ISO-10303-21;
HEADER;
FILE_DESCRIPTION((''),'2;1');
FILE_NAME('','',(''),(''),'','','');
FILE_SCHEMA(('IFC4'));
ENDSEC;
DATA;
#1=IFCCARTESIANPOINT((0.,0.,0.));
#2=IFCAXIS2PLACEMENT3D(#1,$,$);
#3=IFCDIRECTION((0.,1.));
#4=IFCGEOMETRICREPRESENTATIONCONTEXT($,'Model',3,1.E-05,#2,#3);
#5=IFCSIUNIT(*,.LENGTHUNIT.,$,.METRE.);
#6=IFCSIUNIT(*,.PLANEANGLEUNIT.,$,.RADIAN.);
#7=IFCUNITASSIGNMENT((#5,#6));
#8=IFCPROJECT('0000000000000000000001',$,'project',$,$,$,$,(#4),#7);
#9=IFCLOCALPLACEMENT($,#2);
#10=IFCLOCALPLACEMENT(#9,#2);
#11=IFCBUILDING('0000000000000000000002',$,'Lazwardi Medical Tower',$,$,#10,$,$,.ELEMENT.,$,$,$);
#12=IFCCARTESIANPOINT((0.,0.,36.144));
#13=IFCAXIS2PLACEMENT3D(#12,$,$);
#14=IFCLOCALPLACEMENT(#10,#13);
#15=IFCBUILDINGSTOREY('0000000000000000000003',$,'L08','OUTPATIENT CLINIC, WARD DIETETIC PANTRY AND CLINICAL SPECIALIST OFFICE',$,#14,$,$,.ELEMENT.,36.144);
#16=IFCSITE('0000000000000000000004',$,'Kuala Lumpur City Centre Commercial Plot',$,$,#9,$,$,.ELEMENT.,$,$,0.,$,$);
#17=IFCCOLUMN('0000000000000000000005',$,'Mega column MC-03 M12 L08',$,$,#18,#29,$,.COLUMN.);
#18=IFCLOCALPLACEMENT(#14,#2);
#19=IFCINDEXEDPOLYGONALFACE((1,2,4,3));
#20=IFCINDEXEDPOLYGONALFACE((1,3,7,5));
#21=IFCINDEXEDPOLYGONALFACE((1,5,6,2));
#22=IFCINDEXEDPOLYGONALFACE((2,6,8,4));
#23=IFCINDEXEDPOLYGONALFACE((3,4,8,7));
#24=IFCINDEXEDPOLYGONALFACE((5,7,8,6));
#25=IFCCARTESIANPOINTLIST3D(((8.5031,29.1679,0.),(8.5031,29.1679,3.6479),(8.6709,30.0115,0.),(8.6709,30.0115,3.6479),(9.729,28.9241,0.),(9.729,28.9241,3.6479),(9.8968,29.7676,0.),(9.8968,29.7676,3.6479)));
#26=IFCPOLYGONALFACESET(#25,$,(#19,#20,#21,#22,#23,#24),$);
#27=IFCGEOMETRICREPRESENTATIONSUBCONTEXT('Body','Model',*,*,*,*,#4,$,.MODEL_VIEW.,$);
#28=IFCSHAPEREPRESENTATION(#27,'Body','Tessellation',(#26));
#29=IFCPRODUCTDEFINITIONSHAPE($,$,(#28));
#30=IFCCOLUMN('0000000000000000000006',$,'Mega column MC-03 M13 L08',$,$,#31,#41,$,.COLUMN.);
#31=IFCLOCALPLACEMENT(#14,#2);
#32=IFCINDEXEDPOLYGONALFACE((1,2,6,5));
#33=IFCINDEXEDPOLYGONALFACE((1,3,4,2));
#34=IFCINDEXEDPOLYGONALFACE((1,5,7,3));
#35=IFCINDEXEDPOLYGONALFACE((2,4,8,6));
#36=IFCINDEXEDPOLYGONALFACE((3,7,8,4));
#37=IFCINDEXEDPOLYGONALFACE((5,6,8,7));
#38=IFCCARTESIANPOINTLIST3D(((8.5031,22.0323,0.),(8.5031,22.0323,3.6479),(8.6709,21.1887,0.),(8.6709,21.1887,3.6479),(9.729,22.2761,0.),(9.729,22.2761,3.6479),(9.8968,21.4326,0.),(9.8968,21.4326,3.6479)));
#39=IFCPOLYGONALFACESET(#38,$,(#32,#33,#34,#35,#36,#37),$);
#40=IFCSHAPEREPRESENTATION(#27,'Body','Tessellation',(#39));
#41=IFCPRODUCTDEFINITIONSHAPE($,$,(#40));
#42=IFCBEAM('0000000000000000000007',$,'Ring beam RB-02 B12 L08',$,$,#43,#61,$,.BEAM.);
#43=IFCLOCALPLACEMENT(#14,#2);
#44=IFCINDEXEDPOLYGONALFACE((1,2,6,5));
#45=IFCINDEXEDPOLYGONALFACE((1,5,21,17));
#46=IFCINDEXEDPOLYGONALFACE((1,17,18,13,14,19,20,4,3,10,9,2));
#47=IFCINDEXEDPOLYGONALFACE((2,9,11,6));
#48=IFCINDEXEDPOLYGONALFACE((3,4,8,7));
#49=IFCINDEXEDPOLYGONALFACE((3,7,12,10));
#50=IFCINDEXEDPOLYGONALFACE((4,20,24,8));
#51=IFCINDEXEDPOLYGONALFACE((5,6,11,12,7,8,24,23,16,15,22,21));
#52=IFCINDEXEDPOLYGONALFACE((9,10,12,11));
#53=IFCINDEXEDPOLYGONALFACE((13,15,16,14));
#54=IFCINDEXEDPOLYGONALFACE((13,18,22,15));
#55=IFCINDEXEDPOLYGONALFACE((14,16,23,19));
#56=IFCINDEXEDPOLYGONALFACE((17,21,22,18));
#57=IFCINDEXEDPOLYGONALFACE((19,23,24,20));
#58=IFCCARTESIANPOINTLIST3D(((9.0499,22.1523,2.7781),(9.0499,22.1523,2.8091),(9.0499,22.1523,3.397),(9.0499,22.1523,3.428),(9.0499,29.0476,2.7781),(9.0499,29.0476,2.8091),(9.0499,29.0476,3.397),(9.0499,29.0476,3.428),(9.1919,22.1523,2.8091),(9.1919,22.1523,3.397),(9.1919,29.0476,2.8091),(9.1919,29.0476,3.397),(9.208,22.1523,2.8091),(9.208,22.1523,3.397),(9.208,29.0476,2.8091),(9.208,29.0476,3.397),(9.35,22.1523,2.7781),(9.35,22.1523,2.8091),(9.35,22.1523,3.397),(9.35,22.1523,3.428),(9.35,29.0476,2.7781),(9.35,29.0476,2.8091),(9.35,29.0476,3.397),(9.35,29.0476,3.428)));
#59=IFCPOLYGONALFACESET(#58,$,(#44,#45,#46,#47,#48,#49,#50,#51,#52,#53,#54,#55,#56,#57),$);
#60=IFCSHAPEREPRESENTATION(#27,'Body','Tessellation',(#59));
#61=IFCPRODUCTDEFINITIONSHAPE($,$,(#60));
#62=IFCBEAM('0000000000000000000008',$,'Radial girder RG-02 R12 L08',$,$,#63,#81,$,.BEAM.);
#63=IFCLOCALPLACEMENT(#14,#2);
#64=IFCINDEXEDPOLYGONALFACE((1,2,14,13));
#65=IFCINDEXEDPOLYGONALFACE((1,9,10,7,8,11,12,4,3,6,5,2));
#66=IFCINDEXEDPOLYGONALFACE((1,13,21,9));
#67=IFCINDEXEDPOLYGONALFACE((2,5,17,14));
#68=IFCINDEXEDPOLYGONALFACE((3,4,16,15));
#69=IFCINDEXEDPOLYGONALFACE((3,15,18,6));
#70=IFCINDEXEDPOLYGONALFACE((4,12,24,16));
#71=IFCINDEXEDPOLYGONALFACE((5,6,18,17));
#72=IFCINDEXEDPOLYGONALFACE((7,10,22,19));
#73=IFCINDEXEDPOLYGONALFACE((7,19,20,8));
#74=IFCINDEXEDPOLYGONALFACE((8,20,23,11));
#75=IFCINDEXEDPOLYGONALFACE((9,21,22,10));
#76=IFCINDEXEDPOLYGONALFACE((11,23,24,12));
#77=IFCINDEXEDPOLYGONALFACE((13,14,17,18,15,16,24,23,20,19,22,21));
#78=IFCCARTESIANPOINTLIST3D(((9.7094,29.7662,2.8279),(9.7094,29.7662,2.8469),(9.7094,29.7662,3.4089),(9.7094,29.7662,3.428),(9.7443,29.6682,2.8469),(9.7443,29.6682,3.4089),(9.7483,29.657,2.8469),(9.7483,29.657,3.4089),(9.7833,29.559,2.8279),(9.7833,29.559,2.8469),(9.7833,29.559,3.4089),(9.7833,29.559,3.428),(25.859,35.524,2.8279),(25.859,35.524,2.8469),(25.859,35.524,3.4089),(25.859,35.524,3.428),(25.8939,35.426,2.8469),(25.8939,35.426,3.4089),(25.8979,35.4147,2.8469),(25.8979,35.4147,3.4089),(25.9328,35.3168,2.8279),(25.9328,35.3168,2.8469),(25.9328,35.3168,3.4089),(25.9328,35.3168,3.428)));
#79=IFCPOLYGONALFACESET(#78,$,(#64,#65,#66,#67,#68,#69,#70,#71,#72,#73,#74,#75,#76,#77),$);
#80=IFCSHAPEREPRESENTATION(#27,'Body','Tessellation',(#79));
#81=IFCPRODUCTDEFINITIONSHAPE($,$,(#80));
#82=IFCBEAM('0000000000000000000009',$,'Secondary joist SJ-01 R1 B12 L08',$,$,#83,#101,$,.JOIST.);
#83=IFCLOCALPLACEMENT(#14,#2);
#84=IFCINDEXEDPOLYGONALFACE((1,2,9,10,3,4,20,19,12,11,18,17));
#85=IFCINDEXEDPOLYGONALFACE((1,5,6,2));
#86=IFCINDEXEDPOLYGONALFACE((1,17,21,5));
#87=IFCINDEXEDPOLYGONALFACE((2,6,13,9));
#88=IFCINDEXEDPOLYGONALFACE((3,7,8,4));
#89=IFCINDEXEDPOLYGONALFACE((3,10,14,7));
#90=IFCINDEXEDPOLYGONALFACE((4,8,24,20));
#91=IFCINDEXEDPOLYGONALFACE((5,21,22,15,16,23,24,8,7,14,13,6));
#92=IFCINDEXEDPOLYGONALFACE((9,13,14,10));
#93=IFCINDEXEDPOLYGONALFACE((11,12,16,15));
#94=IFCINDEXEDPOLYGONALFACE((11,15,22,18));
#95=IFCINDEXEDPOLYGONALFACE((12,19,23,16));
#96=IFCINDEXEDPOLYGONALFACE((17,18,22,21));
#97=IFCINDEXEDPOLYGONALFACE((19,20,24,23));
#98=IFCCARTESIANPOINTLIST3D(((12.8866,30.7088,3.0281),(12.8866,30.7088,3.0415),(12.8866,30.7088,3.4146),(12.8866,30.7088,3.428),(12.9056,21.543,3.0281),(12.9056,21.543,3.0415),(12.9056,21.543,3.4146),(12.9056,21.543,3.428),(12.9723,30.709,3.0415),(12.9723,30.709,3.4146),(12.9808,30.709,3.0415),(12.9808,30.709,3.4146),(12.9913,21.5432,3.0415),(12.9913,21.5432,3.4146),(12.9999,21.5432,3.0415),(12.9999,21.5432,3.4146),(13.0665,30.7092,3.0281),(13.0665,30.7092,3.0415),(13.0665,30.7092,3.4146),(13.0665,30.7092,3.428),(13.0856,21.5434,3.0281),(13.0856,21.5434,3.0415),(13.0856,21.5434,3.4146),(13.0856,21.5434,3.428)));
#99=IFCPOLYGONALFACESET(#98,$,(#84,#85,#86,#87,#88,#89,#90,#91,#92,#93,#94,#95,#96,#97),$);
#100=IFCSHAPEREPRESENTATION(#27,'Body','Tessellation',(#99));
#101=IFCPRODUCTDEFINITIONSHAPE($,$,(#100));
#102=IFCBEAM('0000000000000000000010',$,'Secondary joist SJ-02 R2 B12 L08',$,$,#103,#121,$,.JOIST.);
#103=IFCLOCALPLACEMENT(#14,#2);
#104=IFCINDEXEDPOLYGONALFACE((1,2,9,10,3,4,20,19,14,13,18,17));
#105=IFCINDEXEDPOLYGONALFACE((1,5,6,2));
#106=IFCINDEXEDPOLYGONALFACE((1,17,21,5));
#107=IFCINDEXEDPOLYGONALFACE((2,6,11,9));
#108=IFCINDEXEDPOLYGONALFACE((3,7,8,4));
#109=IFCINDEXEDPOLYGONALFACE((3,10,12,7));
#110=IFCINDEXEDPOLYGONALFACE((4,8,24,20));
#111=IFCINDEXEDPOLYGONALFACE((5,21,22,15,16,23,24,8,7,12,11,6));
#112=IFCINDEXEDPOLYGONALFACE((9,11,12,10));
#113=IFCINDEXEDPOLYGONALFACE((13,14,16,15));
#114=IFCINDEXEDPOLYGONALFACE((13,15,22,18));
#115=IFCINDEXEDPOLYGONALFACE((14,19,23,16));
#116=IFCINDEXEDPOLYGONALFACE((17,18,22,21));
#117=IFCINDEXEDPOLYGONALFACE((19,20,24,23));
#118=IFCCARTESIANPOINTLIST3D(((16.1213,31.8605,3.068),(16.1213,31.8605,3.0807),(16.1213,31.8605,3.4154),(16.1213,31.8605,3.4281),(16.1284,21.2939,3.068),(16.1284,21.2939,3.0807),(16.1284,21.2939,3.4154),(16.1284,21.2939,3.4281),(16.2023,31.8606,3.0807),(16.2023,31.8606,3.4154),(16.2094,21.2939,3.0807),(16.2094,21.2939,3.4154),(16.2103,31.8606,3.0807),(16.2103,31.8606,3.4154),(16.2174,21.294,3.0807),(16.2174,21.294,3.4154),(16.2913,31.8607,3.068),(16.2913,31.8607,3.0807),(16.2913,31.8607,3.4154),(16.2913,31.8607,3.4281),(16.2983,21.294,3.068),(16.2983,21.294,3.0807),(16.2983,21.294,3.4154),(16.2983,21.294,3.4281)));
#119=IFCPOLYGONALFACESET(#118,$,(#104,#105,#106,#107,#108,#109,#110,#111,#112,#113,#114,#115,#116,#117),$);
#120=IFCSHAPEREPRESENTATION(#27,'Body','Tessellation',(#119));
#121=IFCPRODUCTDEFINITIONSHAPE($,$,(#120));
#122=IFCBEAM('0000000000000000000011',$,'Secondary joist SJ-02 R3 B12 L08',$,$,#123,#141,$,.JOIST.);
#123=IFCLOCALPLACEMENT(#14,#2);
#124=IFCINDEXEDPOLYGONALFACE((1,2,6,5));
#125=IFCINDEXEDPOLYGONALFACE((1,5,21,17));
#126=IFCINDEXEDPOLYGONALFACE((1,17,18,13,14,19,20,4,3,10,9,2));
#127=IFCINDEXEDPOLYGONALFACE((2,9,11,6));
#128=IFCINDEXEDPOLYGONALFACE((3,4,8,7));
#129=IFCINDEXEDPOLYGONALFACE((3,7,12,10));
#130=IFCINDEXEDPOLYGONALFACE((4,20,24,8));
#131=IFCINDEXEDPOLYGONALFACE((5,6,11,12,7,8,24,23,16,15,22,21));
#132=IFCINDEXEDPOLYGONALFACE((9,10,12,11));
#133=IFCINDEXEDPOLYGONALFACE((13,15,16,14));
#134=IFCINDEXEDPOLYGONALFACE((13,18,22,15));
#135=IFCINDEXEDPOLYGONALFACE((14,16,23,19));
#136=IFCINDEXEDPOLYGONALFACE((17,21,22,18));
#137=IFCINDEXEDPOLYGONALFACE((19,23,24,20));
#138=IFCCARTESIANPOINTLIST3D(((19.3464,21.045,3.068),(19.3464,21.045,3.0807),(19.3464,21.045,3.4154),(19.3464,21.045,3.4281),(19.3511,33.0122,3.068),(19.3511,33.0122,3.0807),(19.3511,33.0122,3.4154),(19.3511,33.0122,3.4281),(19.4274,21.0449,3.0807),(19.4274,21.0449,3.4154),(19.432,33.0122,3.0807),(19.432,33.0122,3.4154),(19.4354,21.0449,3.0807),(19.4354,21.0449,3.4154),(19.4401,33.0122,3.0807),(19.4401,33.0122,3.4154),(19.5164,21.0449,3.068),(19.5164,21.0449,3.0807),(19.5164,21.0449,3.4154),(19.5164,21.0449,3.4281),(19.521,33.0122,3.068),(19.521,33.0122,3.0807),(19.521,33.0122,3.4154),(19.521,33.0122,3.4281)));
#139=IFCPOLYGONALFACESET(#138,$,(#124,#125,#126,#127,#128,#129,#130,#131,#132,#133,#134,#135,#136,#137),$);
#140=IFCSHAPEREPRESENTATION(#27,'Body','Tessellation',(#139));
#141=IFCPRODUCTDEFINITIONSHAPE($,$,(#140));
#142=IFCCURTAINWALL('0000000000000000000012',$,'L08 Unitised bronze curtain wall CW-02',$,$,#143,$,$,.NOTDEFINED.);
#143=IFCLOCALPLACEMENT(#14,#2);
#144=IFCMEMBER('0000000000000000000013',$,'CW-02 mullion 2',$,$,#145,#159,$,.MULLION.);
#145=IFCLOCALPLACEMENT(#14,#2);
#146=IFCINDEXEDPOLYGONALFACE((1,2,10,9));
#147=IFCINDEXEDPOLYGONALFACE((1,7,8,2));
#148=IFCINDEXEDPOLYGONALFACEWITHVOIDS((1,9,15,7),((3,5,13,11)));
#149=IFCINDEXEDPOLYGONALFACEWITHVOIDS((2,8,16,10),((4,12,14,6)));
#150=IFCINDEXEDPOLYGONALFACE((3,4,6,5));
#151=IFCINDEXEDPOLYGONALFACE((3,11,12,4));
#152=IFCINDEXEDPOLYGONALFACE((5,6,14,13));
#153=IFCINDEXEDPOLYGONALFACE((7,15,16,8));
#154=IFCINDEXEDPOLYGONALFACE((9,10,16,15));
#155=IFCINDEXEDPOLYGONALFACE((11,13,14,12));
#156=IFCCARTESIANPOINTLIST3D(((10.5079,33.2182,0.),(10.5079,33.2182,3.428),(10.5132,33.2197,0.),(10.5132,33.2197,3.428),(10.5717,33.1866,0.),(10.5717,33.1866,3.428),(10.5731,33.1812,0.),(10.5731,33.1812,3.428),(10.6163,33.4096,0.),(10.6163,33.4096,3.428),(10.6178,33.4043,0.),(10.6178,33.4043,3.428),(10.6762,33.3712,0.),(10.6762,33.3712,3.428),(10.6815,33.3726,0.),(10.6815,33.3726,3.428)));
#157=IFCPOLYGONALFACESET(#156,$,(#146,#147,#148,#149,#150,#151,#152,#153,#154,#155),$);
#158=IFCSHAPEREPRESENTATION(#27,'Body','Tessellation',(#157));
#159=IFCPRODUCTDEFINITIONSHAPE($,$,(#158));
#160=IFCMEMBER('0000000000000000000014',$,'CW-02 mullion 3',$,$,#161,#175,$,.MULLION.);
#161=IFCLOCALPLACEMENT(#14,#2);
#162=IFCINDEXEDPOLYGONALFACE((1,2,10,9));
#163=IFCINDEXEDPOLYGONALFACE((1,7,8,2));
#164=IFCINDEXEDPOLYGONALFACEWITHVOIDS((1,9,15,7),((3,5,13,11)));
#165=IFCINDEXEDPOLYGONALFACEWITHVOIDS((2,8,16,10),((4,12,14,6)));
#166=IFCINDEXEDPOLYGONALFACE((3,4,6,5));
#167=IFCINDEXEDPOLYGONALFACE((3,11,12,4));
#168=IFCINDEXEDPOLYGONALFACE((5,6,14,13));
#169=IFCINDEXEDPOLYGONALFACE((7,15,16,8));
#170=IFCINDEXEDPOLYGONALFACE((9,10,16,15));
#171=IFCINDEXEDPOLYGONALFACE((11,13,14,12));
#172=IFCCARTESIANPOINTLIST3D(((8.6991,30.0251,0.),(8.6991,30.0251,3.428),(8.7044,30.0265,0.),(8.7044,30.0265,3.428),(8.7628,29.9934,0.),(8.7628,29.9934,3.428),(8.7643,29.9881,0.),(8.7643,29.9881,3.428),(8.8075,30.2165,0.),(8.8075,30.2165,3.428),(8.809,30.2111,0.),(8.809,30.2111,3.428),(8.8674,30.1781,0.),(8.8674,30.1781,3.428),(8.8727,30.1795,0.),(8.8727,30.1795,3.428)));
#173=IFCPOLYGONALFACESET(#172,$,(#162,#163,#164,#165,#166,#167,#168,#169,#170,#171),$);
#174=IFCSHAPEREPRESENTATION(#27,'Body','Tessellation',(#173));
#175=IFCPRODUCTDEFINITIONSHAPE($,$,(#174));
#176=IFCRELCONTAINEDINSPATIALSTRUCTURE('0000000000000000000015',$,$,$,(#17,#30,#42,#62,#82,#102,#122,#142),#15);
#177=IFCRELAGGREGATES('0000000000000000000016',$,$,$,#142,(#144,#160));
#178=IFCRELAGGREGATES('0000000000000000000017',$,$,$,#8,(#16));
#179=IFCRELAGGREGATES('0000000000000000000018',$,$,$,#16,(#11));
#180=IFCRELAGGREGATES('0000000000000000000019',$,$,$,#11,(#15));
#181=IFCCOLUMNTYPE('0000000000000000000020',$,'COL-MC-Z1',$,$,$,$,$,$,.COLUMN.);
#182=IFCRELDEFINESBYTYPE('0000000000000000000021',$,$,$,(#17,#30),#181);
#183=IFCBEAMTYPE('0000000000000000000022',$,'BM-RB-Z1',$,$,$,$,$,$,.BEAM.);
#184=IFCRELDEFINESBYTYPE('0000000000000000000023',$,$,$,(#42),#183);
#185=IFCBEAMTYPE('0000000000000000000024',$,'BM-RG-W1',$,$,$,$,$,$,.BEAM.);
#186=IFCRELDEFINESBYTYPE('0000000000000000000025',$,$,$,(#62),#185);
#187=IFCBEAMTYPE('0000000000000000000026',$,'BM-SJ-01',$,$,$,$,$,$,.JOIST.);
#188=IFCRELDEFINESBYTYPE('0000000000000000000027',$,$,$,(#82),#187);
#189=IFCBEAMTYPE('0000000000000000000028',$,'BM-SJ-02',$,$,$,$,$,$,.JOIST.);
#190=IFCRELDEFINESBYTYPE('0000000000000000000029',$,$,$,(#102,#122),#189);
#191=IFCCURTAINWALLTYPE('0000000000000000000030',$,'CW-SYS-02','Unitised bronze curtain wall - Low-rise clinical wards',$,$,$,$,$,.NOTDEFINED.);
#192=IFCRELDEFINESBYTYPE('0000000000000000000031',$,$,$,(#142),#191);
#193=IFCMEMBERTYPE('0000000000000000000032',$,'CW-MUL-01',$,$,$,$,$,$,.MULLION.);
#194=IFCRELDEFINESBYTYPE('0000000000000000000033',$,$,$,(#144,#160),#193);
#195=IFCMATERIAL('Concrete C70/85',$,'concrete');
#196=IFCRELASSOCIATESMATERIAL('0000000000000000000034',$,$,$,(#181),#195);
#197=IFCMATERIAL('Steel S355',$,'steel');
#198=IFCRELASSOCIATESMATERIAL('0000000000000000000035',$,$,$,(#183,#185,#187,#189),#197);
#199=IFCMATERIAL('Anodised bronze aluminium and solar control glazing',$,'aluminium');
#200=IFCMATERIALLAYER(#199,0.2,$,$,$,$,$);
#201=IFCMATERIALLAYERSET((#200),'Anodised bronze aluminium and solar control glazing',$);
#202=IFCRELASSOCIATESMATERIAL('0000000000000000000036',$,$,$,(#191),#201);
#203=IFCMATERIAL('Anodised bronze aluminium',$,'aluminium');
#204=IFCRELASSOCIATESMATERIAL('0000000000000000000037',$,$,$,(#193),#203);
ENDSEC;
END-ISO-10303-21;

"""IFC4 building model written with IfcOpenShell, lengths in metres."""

from ifc_helpers import new_model, si_unit, direction, frame, origin, origin_2d, place, context, subcontext, project, spatial, rectangle, hollow_rectangle, i_section, extrude, material, layer, layer_set, material_profile, profile_set, type_object, element, aggregate, save


model = new_model("IFC4")

# Units and contexts
model_context = context("Model", 3, precision=1e-05, world=origin(), true_north=direction((0.0, 1.0)))
body_context = subcontext(model_context, "Body", "Model", "MODEL_VIEW")
ifc_project = project(units=[si_unit("LENGTHUNIT", "METRE"), si_unit("PLANEANGLEUNIT", "RADIAN")], contexts=[model_context])

# Site, building, storey
site_placement = place(None, origin())
site = spatial("IfcSite", under=ifc_project, at=site_placement, Name="Kuala Lumpur City Centre Commercial Plot", CompositionType="ELEMENT", RefElevation=0.0)
building_placement = place(site_placement, origin())
building = spatial("IfcBuilding", under=site, at=building_placement, Name="Lazwardi Medical Tower", CompositionType="ELEMENT")
storey_placement = place(building_placement, frame((0.0, 0.0, 36.144)))
storey = spatial("IfcBuildingStorey", under=building, at=storey_placement, Name="L08", Description="OUTPATIENT CLINIC, WARD DIETETIC PANTRY AND CLINICAL SPECIALIST OFFICE", CompositionType="ELEMENT", Elevation=36.144)

# Columns
ifc_material_1 = material(Name="Concrete C70/85", Category="concrete")
ifc_material_profile_1 = material_profile(ifc_material_1, rectangle(XDim=1.25, YDim=0.8601, at=origin_2d()), Name="CFT-RECT 1250x860")
ifc_profile_set_1 = profile_set([ifc_material_profile_1], Name="Concrete C70/85")
column_type = type_object("IfcColumnType", Name="COL-MC-Z1", PredefinedType="COLUMN", material=ifc_profile_set_1)
for number, where, z_axis, x_axis, name in (
    (1, (9.2, 29.4678, 0.0), (0.0, 0.0, 1.0), (-0.980785, 0.19509, 0.0), "Mega column MC-03 M12 L08"),
    (2, (9.2, 21.7324, 0.0), (0.0, 0.0, 1.0), (-0.980785, -0.19509, 0.0), "Mega column MC-03 M13 L08"),
):
    element("IfcColumn", number, at=place(storey_placement, frame(where, z_axis=z_axis, x_axis=x_axis)), inside=storey, type_object=column_type, Name=name, PredefinedType="COLUMN", context=body_context, shape_type="SweptSolid", body=[
        extrude(rectangle(XDim=1.25, YDim=0.8601, at=origin_2d()), origin(), (0.0, 0.0, 1.0), 3.6479),
    ])

# Beams
ifc_material_2 = material(Name="Steel S355", Category="steel")
ifc_material_profile_2 = material_profile(ifc_material_2, i_section(OverallWidth=0.3, OverallDepth=0.6499, WebThickness=0.0161, FlangeThickness=0.031, at=origin_2d()), Name="HEB 650")
ifc_profile_set_2 = profile_set([ifc_material_profile_2], Name="Steel S355")
beam_type_1 = type_object("IfcBeamType", Name="BM-RB-Z1", PredefinedType="BEAM", material=ifc_profile_set_2)
beam_1_placement = place(storey_placement, frame((9.2, 29.0476, 3.103), z_axis=(0.0, -1.0, 0.0), x_axis=(1.0, 0.0, 0.0)))
element("IfcBeam", 3, at=beam_1_placement, inside=storey, type_object=beam_type_1, Name="Ring beam RB-02 B12 L08", PredefinedType="BEAM", context=body_context, shape_type="SweptSolid", body=[
    extrude(i_section(OverallWidth=0.3, OverallDepth=0.6499, WebThickness=0.0161, FlangeThickness=0.031, at=origin_2d()), origin(), (0.0, 0.0, 1.0), 6.8953),
])
ifc_material_profile_3 = material_profile(ifc_material_2, i_section(OverallWidth=0.22, OverallDepth=0.6001, WebThickness=0.012, FlangeThickness=0.019, at=origin_2d()), Name="IPE 600")
ifc_profile_set_3 = profile_set([ifc_material_profile_3], Name="Steel S355")
beam_type_2 = type_object("IfcBeamType", Name="BM-RG-W1", PredefinedType="BEAM", material=ifc_profile_set_3)
beam_2_placement = place(storey_placement, frame((9.7463, 29.6626, 3.1279), z_axis=(0.941925, 0.335823, 0.0), x_axis=(-0.335823, 0.941925, 0.0)))
element("IfcBeam", 4, at=beam_2_placement, inside=storey, type_object=beam_type_2, Name="Radial girder RG-02 R12 L08", PredefinedType="BEAM", context=body_context, shape_type="SweptSolid", body=[
    extrude(i_section(OverallWidth=0.22, OverallDepth=0.6001, WebThickness=0.012, FlangeThickness=0.019, at=origin_2d()), origin(), (0.0, 0.0, 1.0), 17.1453),
])
ifc_material_profile_4 = material_profile(ifc_material_2, i_section(OverallWidth=0.1799, OverallDepth=0.3999, WebThickness=0.0085, FlangeThickness=0.0134, at=origin_2d()), Name="IPE 400")
ifc_profile_set_4 = profile_set([ifc_material_profile_4], Name="Steel S355")
beam_type_3 = type_object("IfcBeamType", Name="BM-SJ-01", PredefinedType="JOIST", material=ifc_profile_set_4)
beam_3_placement = place(storey_placement, frame((12.9766, 30.709, 3.228), z_axis=(0.002078, -0.999998, 0.0), x_axis=(0.999998, 0.002078, 0.0)))
element("IfcBeam", 5, at=beam_3_placement, inside=storey, type_object=beam_type_3, Name="Secondary joist SJ-01 R1 B12 L08", PredefinedType="JOIST", context=body_context, shape_type="SweptSolid", body=[
    extrude(i_section(OverallWidth=0.1799, OverallDepth=0.3999, WebThickness=0.0085, FlangeThickness=0.0134, at=origin_2d()), origin(), (0.0, 0.0, 1.0), 9.1658),
])
ifc_material_profile_5 = material_profile(ifc_material_2, i_section(OverallWidth=0.1699, OverallDepth=0.3601, WebThickness=0.0081, FlangeThickness=0.0127, at=origin_2d()), Name="IPE 360")
ifc_profile_set_5 = profile_set([ifc_material_profile_5], Name="Steel S355")
beam_type_4 = type_object("IfcBeamType", Name="BM-SJ-02", PredefinedType="JOIST", material=ifc_profile_set_5)
beam_4_placement = place(storey_placement, frame((16.2063, 31.8606, 3.248), z_axis=(0.00067, -1.0, 0.0), x_axis=(1.0, 0.00067, 0.0)))
element("IfcBeam", 6, at=beam_4_placement, inside=storey, type_object=beam_type_4, Name="Secondary joist SJ-02 R2 B12 L08", PredefinedType="JOIST", context=body_context, shape_type="SweptSolid", body=[
    extrude(i_section(OverallWidth=0.1699, OverallDepth=0.3601, WebThickness=0.0081, FlangeThickness=0.0127, at=origin_2d()), origin(), (0.0, 0.0, 1.0), 10.5667),
])
beam_5_placement = place(storey_placement, frame((19.436, 33.0122, 3.248), z_axis=(-0.000388, -1.0, 0.0), x_axis=(1.0, -0.000388, 0.0)))
element("IfcBeam", 7, at=beam_5_placement, inside=storey, type_object=beam_type_4, Name="Secondary joist SJ-02 R3 B12 L08", PredefinedType="JOIST", context=body_context, shape_type="SweptSolid", body=[
    extrude(i_section(OverallWidth=0.1699, OverallDepth=0.3601, WebThickness=0.0081, FlangeThickness=0.0127, at=origin_2d()), origin(), (0.0, 0.0, 1.0), 11.9673),
])

# Curtain wall, members
ifc_material_3 = material(Name="Anodised bronze aluminium and solar control glazing", Category="aluminium")
ifc_layer_1 = layer(ifc_material_3, 0.2)
ifc_layer_set_1 = layer_set([ifc_layer_1], Name="Anodised bronze aluminium and solar control glazing")
curtain_wall_type = type_object("IfcCurtainWallType", Name="CW-SYS-02", Description="Unitised bronze curtain wall - Low-rise clinical wards", PredefinedType="NOTDEFINED", material=ifc_layer_set_1)
curtain_wall_1_placement = place(storey_placement, origin())
curtain_wall_1 = element("IfcCurtainWall", 8, at=curtain_wall_1_placement, inside=storey, type_object=curtain_wall_type, Name="L08 Unitised bronze curtain wall CW-02", PredefinedType="NOTDEFINED")
ifc_material_4 = material(Name="Anodised bronze aluminium", Category="aluminium")
ifc_material_profile_6 = material_profile(ifc_material_4, hollow_rectangle(XDim=0.075, YDim=0.22, WallThickness=0.0039, at=origin_2d()), Name="ALU-MULLION 220x75x4")
ifc_profile_set_6 = profile_set([ifc_material_profile_6], Name="Anodised bronze aluminium")
member_type_1 = type_object("IfcMemberType", Name="CW-MUL-01", PredefinedType="MULLION", material=ifc_profile_set_6)
member_1_placement = place(storey_placement, frame((10.5947, 33.2954, 0.0), z_axis=(0.0, 0.0, 1.0), x_axis=(0.870112, -0.492854, 0.0)))
member_1 = element("IfcMember", 9, at=member_1_placement, type_object=member_type_1, Name="CW-02 mullion 2", PredefinedType="MULLION", context=body_context, shape_type="SweptSolid", body=[
    extrude(hollow_rectangle(XDim=0.075, YDim=0.22, WallThickness=0.0039, at=origin_2d()), origin(), (0.0, 0.0, 1.0), 3.428),
])
member_2_placement = place(storey_placement, frame((8.7859, 30.1023, 0.0), z_axis=(0.0, 0.0, 1.0), x_axis=(0.870112, -0.492854, 0.0)))
member_2 = element("IfcMember", 10, at=member_2_placement, type_object=member_type_1, Name="CW-02 mullion 3", PredefinedType="MULLION", context=body_context, shape_type="SweptSolid", body=[
    extrude(hollow_rectangle(XDim=0.075, YDim=0.22, WallThickness=0.0039, at=origin_2d()), origin(), (0.0, 0.0, 1.0), 3.428),
])

aggregate(curtain_wall_1, [member_1, member_2])

save(model, "model.ifc")
